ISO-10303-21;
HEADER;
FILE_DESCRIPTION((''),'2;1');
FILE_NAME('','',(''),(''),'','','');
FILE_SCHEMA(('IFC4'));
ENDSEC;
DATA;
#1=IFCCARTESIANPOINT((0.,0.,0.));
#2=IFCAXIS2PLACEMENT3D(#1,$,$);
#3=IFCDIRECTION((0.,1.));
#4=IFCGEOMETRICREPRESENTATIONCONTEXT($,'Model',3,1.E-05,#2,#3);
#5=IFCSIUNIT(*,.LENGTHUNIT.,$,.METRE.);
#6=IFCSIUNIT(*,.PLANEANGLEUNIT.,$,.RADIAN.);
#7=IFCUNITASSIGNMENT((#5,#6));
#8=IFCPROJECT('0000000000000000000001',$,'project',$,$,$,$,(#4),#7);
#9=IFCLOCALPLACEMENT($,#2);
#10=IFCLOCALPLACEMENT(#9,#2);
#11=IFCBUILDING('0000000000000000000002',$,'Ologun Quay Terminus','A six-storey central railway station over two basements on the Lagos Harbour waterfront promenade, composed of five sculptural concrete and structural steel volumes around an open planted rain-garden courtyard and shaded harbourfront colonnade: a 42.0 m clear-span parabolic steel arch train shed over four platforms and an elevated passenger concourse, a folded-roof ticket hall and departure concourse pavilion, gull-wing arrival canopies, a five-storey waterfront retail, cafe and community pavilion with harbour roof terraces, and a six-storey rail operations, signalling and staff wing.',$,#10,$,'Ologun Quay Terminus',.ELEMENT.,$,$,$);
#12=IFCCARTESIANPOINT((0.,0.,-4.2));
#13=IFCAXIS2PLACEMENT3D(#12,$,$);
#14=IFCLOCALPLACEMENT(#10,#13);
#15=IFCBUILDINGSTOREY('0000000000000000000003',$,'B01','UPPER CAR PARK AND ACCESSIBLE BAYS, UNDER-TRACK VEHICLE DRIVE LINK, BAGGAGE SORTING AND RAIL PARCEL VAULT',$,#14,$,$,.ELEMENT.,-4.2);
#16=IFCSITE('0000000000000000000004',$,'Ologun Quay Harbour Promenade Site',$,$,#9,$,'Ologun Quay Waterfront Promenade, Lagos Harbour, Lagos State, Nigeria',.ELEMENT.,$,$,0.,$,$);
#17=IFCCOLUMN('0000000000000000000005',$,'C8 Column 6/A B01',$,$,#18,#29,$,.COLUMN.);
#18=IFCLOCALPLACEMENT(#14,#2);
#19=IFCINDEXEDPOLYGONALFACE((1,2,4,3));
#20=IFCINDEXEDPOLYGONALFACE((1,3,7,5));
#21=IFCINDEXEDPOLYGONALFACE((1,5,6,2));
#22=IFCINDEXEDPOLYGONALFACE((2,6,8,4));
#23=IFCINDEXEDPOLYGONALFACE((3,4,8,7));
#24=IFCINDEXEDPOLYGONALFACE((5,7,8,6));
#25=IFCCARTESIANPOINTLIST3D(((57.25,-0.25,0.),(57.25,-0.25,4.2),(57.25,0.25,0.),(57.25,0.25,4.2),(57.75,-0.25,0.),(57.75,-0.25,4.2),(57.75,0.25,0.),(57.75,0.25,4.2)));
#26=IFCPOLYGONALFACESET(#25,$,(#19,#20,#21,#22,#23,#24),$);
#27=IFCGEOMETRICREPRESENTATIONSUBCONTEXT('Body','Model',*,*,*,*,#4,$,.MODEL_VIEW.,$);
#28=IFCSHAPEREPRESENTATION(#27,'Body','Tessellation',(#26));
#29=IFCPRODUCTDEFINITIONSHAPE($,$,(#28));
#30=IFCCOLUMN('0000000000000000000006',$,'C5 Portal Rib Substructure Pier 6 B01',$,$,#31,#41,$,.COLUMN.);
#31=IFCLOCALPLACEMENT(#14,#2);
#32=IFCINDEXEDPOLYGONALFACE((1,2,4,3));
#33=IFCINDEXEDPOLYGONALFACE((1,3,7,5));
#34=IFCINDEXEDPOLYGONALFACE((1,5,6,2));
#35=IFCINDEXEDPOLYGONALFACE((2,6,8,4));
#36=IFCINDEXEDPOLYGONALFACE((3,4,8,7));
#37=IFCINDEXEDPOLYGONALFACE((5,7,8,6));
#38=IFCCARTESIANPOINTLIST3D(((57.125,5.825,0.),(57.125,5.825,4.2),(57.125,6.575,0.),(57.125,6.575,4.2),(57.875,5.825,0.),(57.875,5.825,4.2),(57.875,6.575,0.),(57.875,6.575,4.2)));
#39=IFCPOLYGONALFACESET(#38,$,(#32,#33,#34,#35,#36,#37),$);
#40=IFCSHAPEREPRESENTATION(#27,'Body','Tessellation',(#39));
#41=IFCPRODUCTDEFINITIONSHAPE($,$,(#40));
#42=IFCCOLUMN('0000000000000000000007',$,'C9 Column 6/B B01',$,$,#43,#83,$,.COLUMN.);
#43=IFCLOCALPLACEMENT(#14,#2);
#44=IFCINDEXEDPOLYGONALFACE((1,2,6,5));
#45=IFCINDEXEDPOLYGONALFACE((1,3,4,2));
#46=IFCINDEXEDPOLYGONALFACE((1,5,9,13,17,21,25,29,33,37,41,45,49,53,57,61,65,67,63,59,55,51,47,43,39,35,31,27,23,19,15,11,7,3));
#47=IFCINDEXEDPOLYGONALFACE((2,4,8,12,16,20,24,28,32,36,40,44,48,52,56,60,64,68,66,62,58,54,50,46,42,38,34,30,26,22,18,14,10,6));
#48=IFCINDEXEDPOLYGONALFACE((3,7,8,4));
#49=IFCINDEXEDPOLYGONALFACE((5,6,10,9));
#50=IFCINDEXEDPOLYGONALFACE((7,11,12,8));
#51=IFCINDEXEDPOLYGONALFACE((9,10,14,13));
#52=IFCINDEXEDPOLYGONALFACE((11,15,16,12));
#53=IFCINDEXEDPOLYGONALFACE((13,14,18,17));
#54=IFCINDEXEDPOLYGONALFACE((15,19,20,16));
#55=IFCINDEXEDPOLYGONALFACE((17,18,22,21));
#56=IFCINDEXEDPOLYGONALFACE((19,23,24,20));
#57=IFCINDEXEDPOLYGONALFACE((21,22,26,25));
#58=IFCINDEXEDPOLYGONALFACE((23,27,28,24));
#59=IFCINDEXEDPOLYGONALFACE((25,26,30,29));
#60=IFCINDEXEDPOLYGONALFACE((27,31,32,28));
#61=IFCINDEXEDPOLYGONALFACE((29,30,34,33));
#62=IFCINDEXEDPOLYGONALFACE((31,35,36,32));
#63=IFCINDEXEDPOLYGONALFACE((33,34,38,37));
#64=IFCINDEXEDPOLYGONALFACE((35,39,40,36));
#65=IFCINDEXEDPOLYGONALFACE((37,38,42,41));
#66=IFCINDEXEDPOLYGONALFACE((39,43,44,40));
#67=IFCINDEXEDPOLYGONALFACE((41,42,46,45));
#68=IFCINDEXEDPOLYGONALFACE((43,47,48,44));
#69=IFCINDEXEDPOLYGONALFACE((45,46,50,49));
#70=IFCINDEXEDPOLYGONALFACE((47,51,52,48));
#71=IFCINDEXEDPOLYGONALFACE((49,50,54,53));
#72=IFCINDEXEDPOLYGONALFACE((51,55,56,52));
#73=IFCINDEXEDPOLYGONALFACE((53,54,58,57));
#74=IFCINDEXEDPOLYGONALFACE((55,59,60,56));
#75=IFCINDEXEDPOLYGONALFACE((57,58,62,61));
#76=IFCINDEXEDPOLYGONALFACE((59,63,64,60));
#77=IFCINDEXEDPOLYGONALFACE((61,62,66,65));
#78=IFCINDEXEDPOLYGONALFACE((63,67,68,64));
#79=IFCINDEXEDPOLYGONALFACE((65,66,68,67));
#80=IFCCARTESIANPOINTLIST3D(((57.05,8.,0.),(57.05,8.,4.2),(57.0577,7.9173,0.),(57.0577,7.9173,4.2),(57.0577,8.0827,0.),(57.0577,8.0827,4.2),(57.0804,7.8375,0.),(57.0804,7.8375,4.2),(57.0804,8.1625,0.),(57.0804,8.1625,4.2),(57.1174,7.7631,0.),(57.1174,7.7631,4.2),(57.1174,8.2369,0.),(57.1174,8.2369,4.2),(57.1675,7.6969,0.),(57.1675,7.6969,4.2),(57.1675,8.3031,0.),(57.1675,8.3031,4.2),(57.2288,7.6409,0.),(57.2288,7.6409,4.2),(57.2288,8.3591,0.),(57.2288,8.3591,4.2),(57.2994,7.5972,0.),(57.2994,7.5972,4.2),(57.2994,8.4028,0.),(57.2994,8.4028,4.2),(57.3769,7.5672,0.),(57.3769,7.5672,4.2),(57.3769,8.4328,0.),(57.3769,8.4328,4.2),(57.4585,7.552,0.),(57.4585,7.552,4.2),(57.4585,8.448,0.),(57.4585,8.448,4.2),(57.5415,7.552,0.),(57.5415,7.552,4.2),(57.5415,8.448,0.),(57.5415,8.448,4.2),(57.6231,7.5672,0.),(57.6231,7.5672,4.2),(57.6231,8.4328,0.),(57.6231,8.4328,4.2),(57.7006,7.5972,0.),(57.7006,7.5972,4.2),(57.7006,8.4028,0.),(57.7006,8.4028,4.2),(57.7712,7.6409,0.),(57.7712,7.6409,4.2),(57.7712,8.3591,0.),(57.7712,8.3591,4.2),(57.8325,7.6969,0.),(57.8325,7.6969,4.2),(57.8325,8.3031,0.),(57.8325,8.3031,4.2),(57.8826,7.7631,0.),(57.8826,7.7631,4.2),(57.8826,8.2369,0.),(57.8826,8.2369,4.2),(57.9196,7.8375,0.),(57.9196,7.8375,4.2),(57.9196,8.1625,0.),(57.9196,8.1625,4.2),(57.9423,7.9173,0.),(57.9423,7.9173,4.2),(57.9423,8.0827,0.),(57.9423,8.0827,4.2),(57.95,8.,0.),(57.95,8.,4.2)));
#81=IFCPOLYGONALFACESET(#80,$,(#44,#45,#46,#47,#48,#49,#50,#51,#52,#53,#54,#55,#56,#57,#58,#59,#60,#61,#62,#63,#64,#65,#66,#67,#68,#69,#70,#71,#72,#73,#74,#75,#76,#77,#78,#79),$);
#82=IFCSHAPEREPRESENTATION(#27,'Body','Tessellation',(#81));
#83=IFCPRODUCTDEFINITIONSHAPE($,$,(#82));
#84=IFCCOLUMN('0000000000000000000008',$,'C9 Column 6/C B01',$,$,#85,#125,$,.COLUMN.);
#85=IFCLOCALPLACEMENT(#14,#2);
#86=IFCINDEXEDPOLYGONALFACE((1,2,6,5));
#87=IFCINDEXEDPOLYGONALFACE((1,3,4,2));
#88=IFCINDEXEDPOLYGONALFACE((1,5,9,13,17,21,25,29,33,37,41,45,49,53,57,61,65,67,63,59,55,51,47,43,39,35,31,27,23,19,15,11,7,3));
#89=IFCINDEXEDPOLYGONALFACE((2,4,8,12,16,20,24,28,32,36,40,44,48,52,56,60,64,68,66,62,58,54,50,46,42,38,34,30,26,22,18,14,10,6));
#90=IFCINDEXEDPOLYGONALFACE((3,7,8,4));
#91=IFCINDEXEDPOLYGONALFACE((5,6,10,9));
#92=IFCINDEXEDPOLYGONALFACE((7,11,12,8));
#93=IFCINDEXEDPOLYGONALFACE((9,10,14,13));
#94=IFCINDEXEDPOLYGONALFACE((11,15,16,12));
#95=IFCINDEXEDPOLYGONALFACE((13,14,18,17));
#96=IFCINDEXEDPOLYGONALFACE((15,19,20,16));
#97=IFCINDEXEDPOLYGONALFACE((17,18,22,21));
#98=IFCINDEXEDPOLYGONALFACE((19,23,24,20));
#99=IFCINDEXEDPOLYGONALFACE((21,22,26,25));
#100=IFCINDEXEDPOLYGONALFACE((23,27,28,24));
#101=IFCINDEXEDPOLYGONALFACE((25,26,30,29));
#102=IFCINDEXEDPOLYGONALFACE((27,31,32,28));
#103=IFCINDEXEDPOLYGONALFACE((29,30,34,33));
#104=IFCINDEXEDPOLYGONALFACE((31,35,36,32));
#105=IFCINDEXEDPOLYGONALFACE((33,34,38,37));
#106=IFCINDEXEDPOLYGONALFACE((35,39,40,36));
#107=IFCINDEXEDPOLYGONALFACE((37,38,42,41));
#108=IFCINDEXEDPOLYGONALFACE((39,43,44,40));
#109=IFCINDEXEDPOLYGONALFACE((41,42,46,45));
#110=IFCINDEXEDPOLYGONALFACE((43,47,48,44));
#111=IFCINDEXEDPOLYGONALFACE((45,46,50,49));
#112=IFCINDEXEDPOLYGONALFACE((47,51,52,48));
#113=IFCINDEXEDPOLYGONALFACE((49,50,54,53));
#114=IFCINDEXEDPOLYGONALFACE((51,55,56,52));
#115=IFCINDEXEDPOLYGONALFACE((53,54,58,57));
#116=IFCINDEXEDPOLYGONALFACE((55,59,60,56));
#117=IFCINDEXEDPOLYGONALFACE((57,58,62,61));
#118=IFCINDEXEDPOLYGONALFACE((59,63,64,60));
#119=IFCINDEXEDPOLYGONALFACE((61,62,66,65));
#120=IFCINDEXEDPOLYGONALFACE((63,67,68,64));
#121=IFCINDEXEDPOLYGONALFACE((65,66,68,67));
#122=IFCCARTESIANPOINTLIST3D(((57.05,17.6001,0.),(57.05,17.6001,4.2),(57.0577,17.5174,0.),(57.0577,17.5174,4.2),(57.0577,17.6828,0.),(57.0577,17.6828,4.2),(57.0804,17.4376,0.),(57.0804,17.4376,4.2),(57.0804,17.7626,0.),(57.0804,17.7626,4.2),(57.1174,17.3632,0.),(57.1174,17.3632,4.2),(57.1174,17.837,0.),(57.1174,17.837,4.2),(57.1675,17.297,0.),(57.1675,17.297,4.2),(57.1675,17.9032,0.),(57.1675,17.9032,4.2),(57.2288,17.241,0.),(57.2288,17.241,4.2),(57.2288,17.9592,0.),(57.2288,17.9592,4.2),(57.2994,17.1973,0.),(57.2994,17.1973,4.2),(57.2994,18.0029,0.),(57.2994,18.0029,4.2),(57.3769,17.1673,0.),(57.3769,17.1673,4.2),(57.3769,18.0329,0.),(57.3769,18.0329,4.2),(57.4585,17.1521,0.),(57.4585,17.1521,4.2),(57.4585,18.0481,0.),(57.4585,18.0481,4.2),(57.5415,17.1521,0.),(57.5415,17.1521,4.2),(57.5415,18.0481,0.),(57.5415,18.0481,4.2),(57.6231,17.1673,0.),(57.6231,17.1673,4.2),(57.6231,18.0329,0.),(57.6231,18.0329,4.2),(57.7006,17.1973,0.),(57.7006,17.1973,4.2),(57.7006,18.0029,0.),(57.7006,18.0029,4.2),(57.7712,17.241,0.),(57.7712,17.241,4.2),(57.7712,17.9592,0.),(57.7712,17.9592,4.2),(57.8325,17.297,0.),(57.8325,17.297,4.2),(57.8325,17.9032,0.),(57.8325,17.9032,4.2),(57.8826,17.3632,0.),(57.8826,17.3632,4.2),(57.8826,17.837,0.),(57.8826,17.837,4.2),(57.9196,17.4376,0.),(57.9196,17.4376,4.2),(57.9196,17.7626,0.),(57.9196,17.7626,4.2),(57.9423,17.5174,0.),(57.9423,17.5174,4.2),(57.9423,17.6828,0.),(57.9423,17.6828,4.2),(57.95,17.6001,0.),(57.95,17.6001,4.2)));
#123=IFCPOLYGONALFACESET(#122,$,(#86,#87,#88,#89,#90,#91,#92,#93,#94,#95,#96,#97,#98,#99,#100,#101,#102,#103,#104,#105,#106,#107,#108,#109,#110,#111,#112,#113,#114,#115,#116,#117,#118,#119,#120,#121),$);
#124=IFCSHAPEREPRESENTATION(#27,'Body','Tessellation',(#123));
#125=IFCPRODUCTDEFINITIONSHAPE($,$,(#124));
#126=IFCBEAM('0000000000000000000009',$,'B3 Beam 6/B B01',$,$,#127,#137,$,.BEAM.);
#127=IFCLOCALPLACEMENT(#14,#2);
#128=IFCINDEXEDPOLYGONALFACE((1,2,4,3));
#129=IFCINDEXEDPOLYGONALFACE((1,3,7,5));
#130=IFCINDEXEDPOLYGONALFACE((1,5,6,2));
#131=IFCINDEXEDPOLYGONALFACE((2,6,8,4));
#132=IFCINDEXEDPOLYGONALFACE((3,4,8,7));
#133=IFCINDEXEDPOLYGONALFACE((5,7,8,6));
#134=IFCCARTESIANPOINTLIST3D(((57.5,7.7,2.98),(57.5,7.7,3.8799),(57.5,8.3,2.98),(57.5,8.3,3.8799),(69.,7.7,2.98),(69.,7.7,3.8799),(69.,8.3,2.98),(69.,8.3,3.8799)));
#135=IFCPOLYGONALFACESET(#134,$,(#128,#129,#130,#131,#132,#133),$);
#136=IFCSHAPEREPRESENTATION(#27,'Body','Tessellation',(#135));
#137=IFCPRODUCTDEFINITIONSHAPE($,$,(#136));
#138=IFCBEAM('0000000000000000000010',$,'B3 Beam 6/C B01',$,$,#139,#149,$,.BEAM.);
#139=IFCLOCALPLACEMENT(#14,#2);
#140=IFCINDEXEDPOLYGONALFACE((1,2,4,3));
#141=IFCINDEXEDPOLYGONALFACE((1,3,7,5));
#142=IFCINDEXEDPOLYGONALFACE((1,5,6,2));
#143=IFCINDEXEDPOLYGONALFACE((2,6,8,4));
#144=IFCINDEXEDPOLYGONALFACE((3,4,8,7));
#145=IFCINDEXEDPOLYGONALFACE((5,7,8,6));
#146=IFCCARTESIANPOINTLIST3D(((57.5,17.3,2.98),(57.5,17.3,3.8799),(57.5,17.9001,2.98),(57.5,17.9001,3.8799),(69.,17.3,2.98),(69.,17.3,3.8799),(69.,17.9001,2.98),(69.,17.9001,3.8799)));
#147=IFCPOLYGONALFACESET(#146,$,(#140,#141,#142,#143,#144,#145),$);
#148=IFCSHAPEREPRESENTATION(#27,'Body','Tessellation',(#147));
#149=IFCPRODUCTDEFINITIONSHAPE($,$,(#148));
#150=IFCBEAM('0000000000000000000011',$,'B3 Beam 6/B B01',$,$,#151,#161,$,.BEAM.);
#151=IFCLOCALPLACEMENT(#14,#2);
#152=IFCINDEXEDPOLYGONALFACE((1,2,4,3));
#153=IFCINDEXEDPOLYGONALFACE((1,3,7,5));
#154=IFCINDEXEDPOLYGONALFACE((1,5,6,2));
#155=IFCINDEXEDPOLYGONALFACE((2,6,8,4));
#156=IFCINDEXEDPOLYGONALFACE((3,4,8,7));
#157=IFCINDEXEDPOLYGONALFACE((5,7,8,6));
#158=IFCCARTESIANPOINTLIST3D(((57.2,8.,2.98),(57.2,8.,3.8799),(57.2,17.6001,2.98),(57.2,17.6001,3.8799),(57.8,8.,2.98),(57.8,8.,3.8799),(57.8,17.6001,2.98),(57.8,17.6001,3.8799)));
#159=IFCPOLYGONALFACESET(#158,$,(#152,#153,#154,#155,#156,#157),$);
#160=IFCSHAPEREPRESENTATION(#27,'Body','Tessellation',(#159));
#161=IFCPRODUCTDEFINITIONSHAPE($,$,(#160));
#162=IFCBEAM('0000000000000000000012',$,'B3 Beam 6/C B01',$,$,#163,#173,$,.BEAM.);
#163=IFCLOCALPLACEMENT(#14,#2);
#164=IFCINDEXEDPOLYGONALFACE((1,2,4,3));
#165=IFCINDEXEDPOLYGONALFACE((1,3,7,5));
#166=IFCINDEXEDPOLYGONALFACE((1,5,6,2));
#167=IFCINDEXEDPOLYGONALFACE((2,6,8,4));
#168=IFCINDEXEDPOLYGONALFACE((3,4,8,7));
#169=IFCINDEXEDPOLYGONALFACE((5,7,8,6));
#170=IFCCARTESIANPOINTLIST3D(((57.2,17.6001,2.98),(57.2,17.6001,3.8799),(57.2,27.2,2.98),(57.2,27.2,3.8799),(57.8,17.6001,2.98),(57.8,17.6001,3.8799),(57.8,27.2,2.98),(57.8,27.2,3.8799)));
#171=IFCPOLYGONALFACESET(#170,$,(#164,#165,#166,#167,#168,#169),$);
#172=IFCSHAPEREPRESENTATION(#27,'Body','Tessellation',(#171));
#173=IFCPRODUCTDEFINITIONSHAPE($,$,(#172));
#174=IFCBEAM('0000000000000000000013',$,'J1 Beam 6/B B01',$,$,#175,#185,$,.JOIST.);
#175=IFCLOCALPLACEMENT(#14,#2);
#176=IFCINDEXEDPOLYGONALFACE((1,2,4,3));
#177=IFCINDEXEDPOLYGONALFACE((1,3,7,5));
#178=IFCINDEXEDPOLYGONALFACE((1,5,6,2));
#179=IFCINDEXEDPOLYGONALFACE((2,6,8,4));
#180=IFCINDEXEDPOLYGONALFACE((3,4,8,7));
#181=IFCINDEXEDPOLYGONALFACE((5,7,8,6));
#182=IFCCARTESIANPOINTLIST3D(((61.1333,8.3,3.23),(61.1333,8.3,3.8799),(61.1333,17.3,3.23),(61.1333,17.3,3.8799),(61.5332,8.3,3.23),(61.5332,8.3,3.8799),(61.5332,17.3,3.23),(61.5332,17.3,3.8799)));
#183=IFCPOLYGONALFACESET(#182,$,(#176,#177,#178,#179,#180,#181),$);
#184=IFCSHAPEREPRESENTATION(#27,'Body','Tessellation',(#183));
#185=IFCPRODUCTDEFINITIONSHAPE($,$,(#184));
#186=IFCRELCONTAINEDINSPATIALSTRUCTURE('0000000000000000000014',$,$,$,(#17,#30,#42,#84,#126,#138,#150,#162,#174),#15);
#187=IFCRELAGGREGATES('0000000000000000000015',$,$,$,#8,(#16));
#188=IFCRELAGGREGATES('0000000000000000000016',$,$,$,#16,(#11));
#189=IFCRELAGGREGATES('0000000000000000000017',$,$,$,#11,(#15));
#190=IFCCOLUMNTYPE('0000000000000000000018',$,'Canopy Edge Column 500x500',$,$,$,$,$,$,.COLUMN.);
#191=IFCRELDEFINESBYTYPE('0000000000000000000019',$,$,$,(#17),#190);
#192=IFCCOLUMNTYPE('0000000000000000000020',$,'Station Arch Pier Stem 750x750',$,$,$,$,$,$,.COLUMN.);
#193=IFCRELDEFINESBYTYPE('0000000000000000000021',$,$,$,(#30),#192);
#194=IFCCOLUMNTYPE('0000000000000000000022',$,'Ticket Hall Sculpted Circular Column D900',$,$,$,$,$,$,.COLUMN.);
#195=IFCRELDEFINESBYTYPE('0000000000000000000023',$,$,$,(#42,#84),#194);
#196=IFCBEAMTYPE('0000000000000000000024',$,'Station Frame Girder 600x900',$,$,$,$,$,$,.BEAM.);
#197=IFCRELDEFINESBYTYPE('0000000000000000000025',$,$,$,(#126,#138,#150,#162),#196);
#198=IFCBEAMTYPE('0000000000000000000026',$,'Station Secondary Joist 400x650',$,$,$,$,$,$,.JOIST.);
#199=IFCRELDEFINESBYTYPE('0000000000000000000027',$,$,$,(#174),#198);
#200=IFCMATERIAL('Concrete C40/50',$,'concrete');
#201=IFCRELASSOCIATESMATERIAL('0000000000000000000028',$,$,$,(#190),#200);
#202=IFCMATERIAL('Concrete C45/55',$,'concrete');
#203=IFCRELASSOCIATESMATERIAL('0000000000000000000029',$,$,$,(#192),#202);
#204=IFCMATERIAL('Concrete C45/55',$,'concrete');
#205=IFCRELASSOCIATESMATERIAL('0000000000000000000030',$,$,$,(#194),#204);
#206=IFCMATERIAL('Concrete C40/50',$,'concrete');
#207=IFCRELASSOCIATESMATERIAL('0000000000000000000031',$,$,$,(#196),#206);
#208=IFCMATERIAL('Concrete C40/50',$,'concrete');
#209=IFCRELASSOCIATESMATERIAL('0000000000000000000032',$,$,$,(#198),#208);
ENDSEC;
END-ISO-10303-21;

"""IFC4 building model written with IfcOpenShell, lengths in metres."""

from ifc_helpers import new_model, si_unit, direction, frame, origin, origin_2d, place, context, subcontext, project, spatial, rectangle, circle, extrude, material, material_profile, profile_set, type_object, element, save


model = new_model("IFC4")

# Units and contexts
model_context = context("Model", 3, precision=1e-05, world=origin(), true_north=direction((0.0, 1.0)))
body_context = subcontext(model_context, "Body", "Model", "MODEL_VIEW")
ifc_project = project(units=[si_unit("LENGTHUNIT", "METRE"), si_unit("PLANEANGLEUNIT", "RADIAN")], contexts=[model_context])

# Site, building, storey
site_placement = place(None, origin())
site = spatial("IfcSite", under=ifc_project, at=site_placement, Name="Ologun Quay Harbour Promenade Site", LongName="Ologun Quay Waterfront Promenade, Lagos Harbour, Lagos State, Nigeria", CompositionType="ELEMENT", RefElevation=0.0)
building_placement = place(site_placement, origin())
building = spatial("IfcBuilding", under=site, at=building_placement, Name="Ologun Quay Terminus", Description="A six-storey central railway station over two basements on the Lagos Harbour waterfront promenade, composed of five sculptural concrete and structural steel volumes around an open planted rain-garden courtyard and shaded harbourfront colonnade: a 42.0 m clear-span parabolic steel arch train shed over four platforms and an elevated passenger concourse, a folded-roof ticket hall and departure concourse pavilion, gull-wing arrival canopies, a five-storey waterfront retail, cafe and community pavilion with harbour roof terraces, and a six-storey rail operations, signalling and staff wing.", LongName="Ologun Quay Terminus", CompositionType="ELEMENT")
storey_placement = place(building_placement, frame((0.0, 0.0, -4.2)))
storey = spatial("IfcBuildingStorey", under=building, at=storey_placement, Name="B01", Description="UPPER CAR PARK AND ACCESSIBLE BAYS, UNDER-TRACK VEHICLE DRIVE LINK, BAGGAGE SORTING AND RAIL PARCEL VAULT", CompositionType="ELEMENT", Elevation=-4.2)

# Columns
ifc_material_1 = material(Name="Concrete C40/50", Category="concrete")
ifc_material_profile_1 = material_profile(ifc_material_1, rectangle(XDim=0.5, YDim=0.5, at=origin_2d()), Name="RC 500x500")
ifc_profile_set_1 = profile_set([ifc_material_profile_1], Name="Concrete C40/50")
column_type_1 = type_object("IfcColumnType", Name="Canopy Edge Column 500x500", PredefinedType="COLUMN", material=ifc_profile_set_1)
column_1_placement = place(storey_placement, frame((57.5, 0.0, 0.0), z_axis=(0.0, 0.0, 1.0), x_axis=(1.0, 0.0, 0.0)))
element("IfcColumn", 1, at=column_1_placement, inside=storey, type_object=column_type_1, Name="C8 Column 6/A B01", PredefinedType="COLUMN", context=body_context, shape_type="SweptSolid", body=[
    extrude(rectangle(XDim=0.5, YDim=0.5, at=origin_2d()), origin(), (0.0, 0.0, 1.0), 4.2),
])
ifc_material_2 = material(Name="Concrete C45/55", Category="concrete")
ifc_material_profile_2 = material_profile(ifc_material_2, rectangle(XDim=0.75, YDim=0.75, at=origin_2d()), Name="RC 750x750")
ifc_profile_set_2 = profile_set([ifc_material_profile_2], Name="Concrete C45/55")
column_type_2 = type_object("IfcColumnType", Name="Station Arch Pier Stem 750x750", PredefinedType="COLUMN", material=ifc_profile_set_2)
column_2_placement = place(storey_placement, frame((57.5, 6.2, 0.0), z_axis=(0.0, 0.0, 1.0), x_axis=(1.0, 0.0, 0.0)))
element("IfcColumn", 2, at=column_2_placement, inside=storey, type_object=column_type_2, Name="C5 Portal Rib Substructure Pier 6 B01", PredefinedType="COLUMN", context=body_context, shape_type="SweptSolid", body=[
    extrude(rectangle(XDim=0.75, YDim=0.75, at=origin_2d()), origin(), (0.0, 0.0, 1.0), 4.2),
])
ifc_material_3 = material(Name="Concrete C45/55", Category="concrete")
ifc_material_profile_3 = material_profile(ifc_material_3, circle(Radius=0.45, at=origin_2d()), Name="RC D900")
ifc_profile_set_3 = profile_set([ifc_material_profile_3], Name="Concrete C45/55")
column_type_3 = type_object("IfcColumnType", Name="Ticket Hall Sculpted Circular Column D900", PredefinedType="COLUMN", material=ifc_profile_set_3)
for number, where, z_axis, x_axis, name in (
    (3, (57.5, 8.0, 0.0), (0.0, 0.0, 1.0), (1.0, 0.0, 0.0), "C9 Column 6/B B01"),
    (4, (57.5, 17.6001, 0.0), (0.0, 0.0, 1.0), (1.0, 0.0, 0.0), "C9 Column 6/C B01"),
):
    element("IfcColumn", number, at=place(storey_placement, frame(where, z_axis=z_axis, x_axis=x_axis)), inside=storey, type_object=column_type_3, Name=name, PredefinedType="COLUMN", context=body_context, shape_type="SweptSolid", body=[
        extrude(circle(Radius=0.45, at=origin_2d()), origin(), (0.0, 0.0, 1.0), 4.2),
    ])

# Beams
ifc_material_4 = material(Name="Concrete C40/50", Category="concrete")
ifc_material_profile_4 = material_profile(ifc_material_4, rectangle(XDim=0.6001, YDim=0.8999, at=origin_2d()), Name="RC 600x900")
ifc_profile_set_4 = profile_set([ifc_material_profile_4], Name="Concrete C40/50")
beam_type_1 = type_object("IfcBeamType", Name="Station Frame Girder 600x900", PredefinedType="BEAM", material=ifc_profile_set_4)
for number, where, z_axis, x_axis, name in (
    (5, (57.5, 8.0, 3.4299), (1.0, 0.0, 0.0), (0.0, 1.0, 0.0), "B3 Beam 6/B B01"),
    (6, (57.5, 17.6001, 3.4299), (1.0, 0.0, 0.0), (0.0, 1.0, 0.0), "B3 Beam 6/C B01"),
):
    element("IfcBeam", number, at=place(storey_placement, frame(where, z_axis=z_axis, x_axis=x_axis)), inside=storey, type_object=beam_type_1, Name=name, PredefinedType="BEAM", context=body_context, shape_type="SweptSolid", body=[
        extrude(rectangle(XDim=0.6001, YDim=0.8999, at=origin_2d()), origin(), (0.0, 0.0, 1.0), 11.5),
    ])
beam_1_placement = place(storey_placement, frame((57.5, 8.0, 3.4299), z_axis=(0.0, 1.0, 0.0), x_axis=(-1.0, 0.0, 0.0)))
element("IfcBeam", 7, at=beam_1_placement, inside=storey, type_object=beam_type_1, Name="B3 Beam 6/B B01", PredefinedType="BEAM", context=body_context, shape_type="SweptSolid", body=[
    extrude(rectangle(XDim=0.6001, YDim=0.8999, at=origin_2d()), origin(), (0.0, 0.0, 1.0), 9.6001),
])
beam_2_placement = place(storey_placement, frame((57.5, 17.6001, 3.4299), z_axis=(0.0, 1.0, 0.0), x_axis=(-1.0, 0.0, 0.0)))
element("IfcBeam", 8, at=beam_2_placement, inside=storey, type_object=beam_type_1, Name="B3 Beam 6/C B01", PredefinedType="BEAM", context=body_context, shape_type="SweptSolid", body=[
    extrude(rectangle(XDim=0.6001, YDim=0.8999, at=origin_2d()), origin(), (0.0, 0.0, 1.0), 9.5999),
])
ifc_material_5 = material(Name="Concrete C40/50", Category="concrete")
ifc_material_profile_5 = material_profile(ifc_material_5, rectangle(XDim=0.3999, YDim=0.6499, at=origin_2d()), Name="RC 400x650")
ifc_profile_set_5 = profile_set([ifc_material_profile_5], Name="Concrete C40/50")
beam_type_2 = type_object("IfcBeamType", Name="Station Secondary Joist 400x650", PredefinedType="JOIST", material=ifc_profile_set_5)
beam_3_placement = place(storey_placement, frame((61.3333, 8.3, 3.5549), z_axis=(0.0, 1.0, 0.0), x_axis=(-1.0, 0.0, 0.0)))
element("IfcBeam", 9, at=beam_3_placement, inside=storey, type_object=beam_type_2, Name="J1 Beam 6/B B01", PredefinedType="JOIST", context=body_context, shape_type="SweptSolid", body=[
    extrude(rectangle(XDim=0.3999, YDim=0.6499, at=origin_2d()), origin(), (0.0, 0.0, 1.0), 9.0),
])

save(model, "model.ifc")
